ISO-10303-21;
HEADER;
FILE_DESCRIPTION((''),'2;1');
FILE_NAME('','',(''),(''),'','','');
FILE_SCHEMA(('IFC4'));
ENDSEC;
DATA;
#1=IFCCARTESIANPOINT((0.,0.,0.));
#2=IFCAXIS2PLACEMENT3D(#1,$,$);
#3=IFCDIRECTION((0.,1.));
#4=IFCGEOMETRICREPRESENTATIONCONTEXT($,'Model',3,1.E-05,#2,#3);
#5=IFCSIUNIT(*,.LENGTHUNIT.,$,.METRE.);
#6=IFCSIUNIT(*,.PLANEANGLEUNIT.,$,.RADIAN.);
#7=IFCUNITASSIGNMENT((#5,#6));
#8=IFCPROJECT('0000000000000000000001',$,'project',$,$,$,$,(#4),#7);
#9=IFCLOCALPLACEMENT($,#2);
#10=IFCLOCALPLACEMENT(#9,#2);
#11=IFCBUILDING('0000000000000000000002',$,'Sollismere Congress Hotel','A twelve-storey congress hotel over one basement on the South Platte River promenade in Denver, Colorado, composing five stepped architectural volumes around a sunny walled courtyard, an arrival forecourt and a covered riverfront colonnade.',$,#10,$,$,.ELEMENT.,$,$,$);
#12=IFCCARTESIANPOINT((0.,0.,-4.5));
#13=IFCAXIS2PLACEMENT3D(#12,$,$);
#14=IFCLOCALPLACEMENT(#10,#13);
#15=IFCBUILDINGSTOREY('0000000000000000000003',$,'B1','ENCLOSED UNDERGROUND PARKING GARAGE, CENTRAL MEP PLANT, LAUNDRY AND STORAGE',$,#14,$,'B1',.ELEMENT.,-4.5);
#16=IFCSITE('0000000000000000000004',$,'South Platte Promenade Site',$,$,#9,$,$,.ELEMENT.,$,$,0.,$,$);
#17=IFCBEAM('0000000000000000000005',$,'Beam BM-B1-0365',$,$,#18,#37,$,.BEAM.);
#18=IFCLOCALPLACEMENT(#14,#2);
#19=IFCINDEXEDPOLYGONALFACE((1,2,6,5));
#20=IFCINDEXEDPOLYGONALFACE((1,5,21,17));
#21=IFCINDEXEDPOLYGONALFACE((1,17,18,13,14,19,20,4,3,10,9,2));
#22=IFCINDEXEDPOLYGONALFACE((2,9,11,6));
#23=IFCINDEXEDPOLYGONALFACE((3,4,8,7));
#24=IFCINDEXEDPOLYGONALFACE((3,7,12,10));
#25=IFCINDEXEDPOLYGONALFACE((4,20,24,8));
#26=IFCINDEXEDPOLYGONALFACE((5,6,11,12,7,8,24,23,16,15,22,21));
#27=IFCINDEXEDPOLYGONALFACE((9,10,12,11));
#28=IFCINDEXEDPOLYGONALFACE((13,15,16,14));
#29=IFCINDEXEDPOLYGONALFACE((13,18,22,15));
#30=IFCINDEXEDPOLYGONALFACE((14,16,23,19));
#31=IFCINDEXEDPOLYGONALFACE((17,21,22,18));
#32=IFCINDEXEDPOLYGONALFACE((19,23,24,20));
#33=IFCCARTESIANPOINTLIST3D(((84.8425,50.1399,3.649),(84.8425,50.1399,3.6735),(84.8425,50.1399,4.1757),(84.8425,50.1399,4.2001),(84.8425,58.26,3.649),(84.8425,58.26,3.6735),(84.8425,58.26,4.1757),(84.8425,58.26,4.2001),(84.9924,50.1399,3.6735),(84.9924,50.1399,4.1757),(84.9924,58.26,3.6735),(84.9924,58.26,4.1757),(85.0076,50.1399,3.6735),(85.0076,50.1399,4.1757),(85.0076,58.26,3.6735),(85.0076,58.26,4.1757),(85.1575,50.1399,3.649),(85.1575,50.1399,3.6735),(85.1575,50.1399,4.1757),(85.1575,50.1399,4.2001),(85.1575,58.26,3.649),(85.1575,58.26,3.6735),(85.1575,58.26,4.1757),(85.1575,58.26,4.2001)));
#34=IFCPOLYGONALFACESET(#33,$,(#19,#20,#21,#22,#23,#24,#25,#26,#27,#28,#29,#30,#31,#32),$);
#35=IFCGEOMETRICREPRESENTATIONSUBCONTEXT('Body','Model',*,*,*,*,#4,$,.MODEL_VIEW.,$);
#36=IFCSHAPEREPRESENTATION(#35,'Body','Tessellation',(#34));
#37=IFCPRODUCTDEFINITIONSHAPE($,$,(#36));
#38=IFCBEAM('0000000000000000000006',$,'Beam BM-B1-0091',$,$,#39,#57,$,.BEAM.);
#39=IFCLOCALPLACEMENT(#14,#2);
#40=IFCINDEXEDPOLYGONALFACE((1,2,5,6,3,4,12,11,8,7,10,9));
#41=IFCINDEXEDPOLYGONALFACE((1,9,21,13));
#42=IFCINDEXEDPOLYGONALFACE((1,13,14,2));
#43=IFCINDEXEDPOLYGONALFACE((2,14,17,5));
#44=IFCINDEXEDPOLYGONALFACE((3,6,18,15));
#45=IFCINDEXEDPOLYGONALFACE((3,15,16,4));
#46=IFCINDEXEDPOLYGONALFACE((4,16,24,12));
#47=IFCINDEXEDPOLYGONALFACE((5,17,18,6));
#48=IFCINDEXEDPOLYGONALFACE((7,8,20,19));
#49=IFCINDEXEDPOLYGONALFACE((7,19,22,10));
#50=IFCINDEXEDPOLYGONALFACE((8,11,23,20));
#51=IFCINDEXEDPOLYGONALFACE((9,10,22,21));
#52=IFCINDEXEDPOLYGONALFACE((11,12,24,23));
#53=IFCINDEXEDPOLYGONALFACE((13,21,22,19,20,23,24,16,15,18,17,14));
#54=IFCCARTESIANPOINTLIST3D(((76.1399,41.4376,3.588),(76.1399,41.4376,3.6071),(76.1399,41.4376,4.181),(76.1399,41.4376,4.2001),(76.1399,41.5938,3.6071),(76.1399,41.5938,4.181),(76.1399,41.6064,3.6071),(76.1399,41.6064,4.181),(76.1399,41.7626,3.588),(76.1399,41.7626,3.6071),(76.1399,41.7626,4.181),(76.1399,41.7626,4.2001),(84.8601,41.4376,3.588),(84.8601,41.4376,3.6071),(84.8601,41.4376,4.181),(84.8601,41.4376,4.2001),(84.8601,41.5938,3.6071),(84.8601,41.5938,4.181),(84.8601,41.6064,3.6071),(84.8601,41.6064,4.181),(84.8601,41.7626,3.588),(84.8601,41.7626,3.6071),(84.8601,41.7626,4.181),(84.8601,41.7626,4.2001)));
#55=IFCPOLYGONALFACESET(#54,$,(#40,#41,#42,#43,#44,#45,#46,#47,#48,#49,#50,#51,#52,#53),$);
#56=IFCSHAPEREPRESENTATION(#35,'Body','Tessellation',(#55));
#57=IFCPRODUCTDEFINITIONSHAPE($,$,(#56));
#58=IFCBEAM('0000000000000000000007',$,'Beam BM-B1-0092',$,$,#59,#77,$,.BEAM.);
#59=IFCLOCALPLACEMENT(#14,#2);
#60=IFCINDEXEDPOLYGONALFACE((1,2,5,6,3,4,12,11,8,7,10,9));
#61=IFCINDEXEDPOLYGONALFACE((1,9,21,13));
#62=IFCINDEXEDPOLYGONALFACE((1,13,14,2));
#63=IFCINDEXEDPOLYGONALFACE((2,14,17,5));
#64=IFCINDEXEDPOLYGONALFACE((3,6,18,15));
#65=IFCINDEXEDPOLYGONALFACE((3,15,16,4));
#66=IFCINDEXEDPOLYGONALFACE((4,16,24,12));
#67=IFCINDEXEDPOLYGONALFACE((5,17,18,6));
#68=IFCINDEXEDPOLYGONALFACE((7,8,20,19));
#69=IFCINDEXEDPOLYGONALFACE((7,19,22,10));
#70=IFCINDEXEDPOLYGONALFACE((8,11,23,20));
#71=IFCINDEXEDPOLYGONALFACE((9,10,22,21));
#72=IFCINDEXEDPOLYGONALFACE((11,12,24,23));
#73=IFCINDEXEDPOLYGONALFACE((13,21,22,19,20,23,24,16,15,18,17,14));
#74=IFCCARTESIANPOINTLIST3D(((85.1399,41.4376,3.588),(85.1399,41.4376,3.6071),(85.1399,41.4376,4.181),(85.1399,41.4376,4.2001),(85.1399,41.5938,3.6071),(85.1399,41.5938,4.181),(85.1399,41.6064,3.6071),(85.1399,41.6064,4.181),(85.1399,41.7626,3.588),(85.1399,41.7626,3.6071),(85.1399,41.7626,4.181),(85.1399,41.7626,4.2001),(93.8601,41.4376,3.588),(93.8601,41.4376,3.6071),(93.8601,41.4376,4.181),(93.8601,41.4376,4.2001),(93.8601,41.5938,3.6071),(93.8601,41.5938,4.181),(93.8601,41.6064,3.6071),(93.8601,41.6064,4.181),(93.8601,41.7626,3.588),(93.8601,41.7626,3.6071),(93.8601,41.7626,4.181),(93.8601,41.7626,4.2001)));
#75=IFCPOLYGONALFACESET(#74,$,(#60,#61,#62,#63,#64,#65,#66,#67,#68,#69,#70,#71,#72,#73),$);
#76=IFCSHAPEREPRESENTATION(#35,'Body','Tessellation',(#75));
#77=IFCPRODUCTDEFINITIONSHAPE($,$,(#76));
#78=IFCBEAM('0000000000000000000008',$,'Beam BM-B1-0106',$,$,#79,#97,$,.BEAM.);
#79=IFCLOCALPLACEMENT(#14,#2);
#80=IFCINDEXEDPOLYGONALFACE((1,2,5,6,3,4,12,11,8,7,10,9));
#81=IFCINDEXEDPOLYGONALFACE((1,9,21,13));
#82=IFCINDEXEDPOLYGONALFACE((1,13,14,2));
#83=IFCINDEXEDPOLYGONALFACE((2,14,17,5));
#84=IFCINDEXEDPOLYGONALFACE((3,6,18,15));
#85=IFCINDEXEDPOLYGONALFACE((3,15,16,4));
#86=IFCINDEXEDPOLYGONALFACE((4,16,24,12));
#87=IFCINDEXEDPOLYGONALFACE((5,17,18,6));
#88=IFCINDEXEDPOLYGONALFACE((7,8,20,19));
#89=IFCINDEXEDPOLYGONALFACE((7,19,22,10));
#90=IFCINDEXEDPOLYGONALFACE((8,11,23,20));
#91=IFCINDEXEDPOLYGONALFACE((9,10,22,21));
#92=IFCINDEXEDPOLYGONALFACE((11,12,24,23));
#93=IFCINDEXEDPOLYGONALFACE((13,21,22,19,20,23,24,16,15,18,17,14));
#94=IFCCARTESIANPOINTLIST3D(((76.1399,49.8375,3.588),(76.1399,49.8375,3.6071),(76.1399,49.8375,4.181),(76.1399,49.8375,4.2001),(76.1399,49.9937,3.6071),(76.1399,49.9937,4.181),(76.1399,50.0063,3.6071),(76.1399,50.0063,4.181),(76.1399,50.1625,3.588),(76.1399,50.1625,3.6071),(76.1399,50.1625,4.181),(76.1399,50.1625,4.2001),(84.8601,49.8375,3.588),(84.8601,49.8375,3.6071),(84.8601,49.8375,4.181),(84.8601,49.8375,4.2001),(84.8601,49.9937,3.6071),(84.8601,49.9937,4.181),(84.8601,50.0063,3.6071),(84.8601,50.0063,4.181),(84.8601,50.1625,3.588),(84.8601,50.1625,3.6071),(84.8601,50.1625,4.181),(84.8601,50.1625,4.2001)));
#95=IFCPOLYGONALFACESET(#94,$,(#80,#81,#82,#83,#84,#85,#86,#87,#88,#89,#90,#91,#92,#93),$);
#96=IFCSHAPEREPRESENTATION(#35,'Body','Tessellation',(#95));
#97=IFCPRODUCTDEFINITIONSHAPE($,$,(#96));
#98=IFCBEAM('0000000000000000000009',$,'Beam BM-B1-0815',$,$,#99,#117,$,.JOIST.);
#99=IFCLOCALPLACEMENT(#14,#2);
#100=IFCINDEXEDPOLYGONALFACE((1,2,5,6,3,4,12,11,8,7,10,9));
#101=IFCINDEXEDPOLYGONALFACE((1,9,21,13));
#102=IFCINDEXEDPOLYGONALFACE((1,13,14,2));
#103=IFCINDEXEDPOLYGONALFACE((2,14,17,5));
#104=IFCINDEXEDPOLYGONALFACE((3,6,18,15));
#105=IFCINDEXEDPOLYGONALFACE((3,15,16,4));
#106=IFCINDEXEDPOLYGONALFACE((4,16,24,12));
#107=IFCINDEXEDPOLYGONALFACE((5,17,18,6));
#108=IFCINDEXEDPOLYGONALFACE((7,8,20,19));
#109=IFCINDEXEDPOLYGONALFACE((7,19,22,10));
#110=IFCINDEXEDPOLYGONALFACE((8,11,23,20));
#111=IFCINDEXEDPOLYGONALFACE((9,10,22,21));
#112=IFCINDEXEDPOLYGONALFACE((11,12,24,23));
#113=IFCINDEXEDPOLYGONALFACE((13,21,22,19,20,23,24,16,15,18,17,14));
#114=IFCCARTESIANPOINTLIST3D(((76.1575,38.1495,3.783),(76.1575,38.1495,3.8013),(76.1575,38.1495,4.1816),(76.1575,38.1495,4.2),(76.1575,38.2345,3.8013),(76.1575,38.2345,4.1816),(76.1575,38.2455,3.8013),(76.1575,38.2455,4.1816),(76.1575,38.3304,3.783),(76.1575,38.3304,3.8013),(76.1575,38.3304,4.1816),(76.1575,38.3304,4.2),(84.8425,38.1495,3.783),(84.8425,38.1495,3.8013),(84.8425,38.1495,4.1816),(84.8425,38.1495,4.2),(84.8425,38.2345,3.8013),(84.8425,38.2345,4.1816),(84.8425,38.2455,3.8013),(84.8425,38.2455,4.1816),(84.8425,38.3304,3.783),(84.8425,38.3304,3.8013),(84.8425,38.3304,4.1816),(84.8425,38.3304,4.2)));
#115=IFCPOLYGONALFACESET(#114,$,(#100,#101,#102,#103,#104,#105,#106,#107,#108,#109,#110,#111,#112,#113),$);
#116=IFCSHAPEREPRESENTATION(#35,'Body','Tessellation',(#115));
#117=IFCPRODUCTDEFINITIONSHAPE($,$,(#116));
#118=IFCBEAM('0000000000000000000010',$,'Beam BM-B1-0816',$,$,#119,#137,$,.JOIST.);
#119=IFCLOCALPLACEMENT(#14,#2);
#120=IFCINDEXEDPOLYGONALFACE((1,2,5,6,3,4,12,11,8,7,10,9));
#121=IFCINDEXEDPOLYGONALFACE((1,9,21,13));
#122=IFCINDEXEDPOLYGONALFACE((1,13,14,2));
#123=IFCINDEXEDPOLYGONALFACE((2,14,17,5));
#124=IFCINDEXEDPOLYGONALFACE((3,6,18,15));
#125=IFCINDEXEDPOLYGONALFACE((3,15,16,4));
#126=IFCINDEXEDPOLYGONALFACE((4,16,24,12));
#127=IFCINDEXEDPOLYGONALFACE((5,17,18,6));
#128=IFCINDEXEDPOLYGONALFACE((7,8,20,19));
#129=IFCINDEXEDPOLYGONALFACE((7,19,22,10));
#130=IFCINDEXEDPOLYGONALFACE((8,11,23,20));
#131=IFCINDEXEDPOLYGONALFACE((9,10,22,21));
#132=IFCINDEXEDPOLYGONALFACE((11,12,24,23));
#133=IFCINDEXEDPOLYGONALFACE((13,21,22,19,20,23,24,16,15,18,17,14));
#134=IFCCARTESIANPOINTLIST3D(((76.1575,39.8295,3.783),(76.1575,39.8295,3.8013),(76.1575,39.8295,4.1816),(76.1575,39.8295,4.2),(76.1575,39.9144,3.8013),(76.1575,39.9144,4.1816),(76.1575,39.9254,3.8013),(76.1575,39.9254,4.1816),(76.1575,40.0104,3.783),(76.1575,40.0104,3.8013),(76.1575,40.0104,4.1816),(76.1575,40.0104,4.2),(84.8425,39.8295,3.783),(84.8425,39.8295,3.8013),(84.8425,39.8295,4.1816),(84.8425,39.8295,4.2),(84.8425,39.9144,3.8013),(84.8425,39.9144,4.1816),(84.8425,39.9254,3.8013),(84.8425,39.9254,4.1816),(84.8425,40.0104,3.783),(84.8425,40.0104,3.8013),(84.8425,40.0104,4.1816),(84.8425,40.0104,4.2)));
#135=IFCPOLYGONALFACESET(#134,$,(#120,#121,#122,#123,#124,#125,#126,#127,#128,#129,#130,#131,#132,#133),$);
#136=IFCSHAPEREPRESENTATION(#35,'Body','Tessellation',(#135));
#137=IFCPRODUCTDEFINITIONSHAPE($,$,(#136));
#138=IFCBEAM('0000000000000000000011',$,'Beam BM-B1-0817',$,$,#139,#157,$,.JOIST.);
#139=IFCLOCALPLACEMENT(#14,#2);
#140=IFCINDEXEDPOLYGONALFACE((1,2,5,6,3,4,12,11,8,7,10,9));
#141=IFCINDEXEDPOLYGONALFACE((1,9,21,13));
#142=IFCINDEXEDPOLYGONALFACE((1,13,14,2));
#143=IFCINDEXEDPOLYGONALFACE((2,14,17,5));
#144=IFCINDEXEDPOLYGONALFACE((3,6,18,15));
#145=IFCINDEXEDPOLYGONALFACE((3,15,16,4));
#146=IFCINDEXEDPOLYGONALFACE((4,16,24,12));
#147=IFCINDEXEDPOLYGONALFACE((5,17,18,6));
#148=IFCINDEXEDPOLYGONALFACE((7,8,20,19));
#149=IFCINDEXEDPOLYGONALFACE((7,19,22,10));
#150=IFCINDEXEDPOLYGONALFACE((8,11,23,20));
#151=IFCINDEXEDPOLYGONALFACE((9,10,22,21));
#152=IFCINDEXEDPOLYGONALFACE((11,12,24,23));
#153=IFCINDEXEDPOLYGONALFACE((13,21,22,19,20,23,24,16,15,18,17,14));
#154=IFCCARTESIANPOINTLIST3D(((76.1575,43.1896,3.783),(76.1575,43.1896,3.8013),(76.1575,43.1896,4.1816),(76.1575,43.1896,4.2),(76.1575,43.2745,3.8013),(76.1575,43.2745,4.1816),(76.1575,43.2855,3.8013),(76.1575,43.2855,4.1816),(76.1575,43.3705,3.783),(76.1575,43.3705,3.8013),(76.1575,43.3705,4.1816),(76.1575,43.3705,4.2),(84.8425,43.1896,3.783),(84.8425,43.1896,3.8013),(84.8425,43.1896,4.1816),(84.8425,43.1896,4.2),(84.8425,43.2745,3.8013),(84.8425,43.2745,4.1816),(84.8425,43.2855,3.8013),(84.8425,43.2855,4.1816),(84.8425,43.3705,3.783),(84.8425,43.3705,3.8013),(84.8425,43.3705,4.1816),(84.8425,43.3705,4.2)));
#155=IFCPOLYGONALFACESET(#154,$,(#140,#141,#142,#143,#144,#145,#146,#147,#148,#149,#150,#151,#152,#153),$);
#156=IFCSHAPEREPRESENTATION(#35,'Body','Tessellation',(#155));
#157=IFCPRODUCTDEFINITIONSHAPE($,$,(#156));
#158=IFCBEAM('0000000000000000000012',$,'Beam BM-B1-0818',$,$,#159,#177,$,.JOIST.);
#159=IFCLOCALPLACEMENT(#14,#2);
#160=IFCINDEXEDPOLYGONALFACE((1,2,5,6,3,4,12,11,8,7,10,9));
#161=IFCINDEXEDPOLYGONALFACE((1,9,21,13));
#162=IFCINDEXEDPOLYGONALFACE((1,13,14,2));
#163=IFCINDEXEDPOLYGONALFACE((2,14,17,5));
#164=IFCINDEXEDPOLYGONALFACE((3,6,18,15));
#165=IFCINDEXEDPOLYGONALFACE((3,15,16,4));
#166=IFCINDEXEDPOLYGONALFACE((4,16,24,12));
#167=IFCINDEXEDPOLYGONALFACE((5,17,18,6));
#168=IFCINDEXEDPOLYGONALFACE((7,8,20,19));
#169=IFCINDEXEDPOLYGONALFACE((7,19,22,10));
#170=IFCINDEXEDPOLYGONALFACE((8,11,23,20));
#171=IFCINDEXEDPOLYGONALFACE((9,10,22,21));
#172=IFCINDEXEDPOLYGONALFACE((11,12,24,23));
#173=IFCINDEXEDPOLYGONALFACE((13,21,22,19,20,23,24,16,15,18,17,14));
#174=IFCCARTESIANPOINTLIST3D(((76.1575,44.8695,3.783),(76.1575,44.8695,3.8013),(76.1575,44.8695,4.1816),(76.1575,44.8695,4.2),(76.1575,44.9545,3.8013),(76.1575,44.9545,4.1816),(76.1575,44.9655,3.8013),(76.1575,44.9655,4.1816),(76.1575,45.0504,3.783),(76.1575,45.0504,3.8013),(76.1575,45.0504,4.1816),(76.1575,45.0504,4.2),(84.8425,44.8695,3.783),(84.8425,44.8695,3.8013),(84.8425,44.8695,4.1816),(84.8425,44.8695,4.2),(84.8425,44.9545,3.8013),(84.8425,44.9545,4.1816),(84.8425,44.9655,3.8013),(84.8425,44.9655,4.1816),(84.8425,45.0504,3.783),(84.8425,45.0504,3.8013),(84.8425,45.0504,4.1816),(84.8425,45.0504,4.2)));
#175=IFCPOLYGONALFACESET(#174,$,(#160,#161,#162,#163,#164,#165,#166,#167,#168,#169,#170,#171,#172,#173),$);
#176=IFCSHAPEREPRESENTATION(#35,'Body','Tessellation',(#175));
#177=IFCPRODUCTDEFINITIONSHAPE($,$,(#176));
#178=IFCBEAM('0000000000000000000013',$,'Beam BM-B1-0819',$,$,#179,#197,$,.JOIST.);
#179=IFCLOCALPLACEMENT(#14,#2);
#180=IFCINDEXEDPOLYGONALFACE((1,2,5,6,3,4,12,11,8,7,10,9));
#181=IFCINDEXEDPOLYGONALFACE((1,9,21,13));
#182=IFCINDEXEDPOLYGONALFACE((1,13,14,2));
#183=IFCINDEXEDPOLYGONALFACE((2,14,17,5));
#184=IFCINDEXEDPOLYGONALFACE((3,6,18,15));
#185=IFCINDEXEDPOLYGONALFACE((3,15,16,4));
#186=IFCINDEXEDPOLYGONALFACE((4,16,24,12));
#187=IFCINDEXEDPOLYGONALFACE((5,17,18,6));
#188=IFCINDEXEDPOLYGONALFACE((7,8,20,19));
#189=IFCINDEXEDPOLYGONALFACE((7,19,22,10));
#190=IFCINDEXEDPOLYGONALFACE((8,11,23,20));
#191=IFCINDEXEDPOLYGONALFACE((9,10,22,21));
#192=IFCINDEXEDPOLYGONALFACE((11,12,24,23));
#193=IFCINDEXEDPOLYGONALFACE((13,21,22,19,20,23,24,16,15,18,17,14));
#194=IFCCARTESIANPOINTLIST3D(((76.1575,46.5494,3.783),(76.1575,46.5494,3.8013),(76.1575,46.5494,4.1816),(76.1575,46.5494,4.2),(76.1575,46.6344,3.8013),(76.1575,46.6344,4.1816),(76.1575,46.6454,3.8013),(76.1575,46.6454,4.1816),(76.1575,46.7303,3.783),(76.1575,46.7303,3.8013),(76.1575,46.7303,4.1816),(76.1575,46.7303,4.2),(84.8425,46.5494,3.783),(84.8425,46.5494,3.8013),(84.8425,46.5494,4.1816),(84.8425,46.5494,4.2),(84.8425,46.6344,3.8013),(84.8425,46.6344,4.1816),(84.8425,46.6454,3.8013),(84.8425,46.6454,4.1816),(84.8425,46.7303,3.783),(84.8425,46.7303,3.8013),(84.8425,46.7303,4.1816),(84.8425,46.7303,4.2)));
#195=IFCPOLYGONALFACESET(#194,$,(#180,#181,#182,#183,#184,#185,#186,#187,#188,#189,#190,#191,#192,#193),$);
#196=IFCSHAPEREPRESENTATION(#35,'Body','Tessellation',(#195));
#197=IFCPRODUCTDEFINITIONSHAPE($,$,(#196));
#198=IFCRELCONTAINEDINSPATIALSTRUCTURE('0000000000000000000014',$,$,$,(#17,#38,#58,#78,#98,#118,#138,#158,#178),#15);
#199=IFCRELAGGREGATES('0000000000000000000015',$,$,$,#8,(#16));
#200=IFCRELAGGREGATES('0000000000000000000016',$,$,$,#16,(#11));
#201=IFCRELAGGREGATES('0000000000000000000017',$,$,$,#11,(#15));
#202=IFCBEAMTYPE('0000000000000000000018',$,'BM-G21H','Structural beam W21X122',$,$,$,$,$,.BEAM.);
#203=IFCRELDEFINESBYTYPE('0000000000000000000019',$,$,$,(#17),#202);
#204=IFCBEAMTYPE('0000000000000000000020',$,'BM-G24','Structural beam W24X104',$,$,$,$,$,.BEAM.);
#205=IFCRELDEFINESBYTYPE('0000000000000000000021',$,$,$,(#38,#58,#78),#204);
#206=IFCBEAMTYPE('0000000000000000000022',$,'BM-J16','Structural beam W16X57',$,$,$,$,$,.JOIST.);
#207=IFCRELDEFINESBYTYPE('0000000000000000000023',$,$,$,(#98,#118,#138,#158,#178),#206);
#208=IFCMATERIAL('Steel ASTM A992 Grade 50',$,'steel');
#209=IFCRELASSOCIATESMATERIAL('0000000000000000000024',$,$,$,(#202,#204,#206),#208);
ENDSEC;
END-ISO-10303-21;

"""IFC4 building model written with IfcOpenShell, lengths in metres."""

from ifc_helpers import new_model, si_unit, direction, frame, origin, origin_2d, place, context, subcontext, project, spatial, i_section, extrude, material, material_profile, profile_set, type_object, element, save


model = new_model("IFC4")

# Units and contexts
model_context = context("Model", 3, precision=1e-05, world=origin(), true_north=direction((0.0, 1.0)))
body_context = subcontext(model_context, "Body", "Model", "MODEL_VIEW")
ifc_project = project(units=[si_unit("LENGTHUNIT", "METRE"), si_unit("PLANEANGLEUNIT", "RADIAN")], contexts=[model_context])

# Site, building, storey
site_placement = place(None, origin())
site = spatial("IfcSite", under=ifc_project, at=site_placement, Name="South Platte Promenade Site", CompositionType="ELEMENT", RefElevation=0.0)
building_placement = place(site_placement, origin())
building = spatial("IfcBuilding", under=site, at=building_placement, Name="Sollismere Congress Hotel", Description="A twelve-storey congress hotel over one basement on the South Platte River promenade in Denver, Colorado, composing five stepped architectural volumes around a sunny walled courtyard, an arrival forecourt and a covered riverfront colonnade.", CompositionType="ELEMENT")
storey_placement = place(building_placement, frame((0.0, 0.0, -4.5)))
storey = spatial("IfcBuildingStorey", under=building, at=storey_placement, Name="B1", Description="ENCLOSED UNDERGROUND PARKING GARAGE, CENTRAL MEP PLANT, LAUNDRY AND STORAGE", LongName="B1", CompositionType="ELEMENT", Elevation=-4.5)

# Beams
ifc_material_1 = material(Name="Steel ASTM A992 Grade 50", Category="steel")
ifc_material_profile_1 = material_profile(ifc_material_1, i_section(OverallWidth=0.3149, OverallDepth=0.551, WebThickness=0.0151, FlangeThickness=0.0244, at=origin_2d()), Name="W21X122")
ifc_profile_set_1 = profile_set([ifc_material_profile_1], Name="Steel ASTM A992 Grade 50")
beam_type_1 = type_object("IfcBeamType", Name="BM-G21H", Description="Structural beam W21X122", PredefinedType="BEAM", material=ifc_profile_set_1)
for number, where, z_axis, x_axis, name in (
    (1, (85.0, 50.1399, 3.9246), (0.0, 1.0, 0.0), (-1.0, 0.0, 0.0), "Beam BM-B1-0365"),
):
    element("IfcBeam", number, at=place(storey_placement, frame(where, z_axis=z_axis, x_axis=x_axis)), inside=storey, type_object=beam_type_1, Name=name, PredefinedType="BEAM", context=body_context, shape_type="SweptSolid", body=[
        extrude(i_section(OverallWidth=0.3149, OverallDepth=0.551, WebThickness=0.0151, FlangeThickness=0.0244, at=origin_2d()), origin(), (0.0, 0.0, 1.0), 8.1201),
    ])
ifc_material_profile_2 = material_profile(ifc_material_1, i_section(OverallWidth=0.325, OverallDepth=0.6121, WebThickness=0.0127, FlangeThickness=0.019, at=origin_2d()), Name="W24X104")
ifc_profile_set_2 = profile_set([ifc_material_profile_2], Name="Steel ASTM A992 Grade 50")
beam_type_2 = type_object("IfcBeamType", Name="BM-G24", Description="Structural beam W24X104", PredefinedType="BEAM", material=ifc_profile_set_2)
for number, where, z_axis, x_axis, name in (
    (2, (76.1399, 41.6001, 3.894), (1.0, 0.0, 0.0), (0.0, 1.0, 0.0), "Beam BM-B1-0091"),
    (3, (85.1399, 41.6001, 3.894), (1.0, 0.0, 0.0), (0.0, 1.0, 0.0), "Beam BM-B1-0092"),
    (4, (76.1399, 50.0, 3.894), (1.0, 0.0, 0.0), (0.0, 1.0, 0.0), "Beam BM-B1-0106"),
):
    element("IfcBeam", number, at=place(storey_placement, frame(where, z_axis=z_axis, x_axis=x_axis)), inside=storey, type_object=beam_type_2, Name=name, PredefinedType="BEAM", context=body_context, shape_type="SweptSolid", body=[
        extrude(i_section(OverallWidth=0.325, OverallDepth=0.6121, WebThickness=0.0127, FlangeThickness=0.019, at=origin_2d()), origin(), (0.0, 0.0, 1.0), 8.7202),
    ])
ifc_material_profile_3 = material_profile(ifc_material_1, i_section(OverallWidth=0.1809, OverallDepth=0.417, WebThickness=0.011, FlangeThickness=0.0183, at=origin_2d()), Name="W16X57")
ifc_profile_set_3 = profile_set([ifc_material_profile_3], Name="Steel ASTM A992 Grade 50")
beam_type_3 = type_object("IfcBeamType", Name="BM-J16", Description="Structural beam W16X57", PredefinedType="JOIST", material=ifc_profile_set_3)
for number, where, z_axis, x_axis, name in (
    (5, (76.1575, 38.24, 3.9915), (1.0, 0.0, 0.0), (0.0, 1.0, 0.0), "Beam BM-B1-0815"),
    (6, (76.1575, 39.9199, 3.9915), (1.0, 0.0, 0.0), (0.0, 1.0, 0.0), "Beam BM-B1-0816"),
    (7, (76.1575, 43.28, 3.9915), (1.0, 0.0, 0.0), (0.0, 1.0, 0.0), "Beam BM-B1-0817"),
    (8, (76.1575, 44.96, 3.9915), (1.0, 0.0, 0.0), (0.0, 1.0, 0.0), "Beam BM-B1-0818"),
    (9, (76.1575, 46.6399, 3.9915), (1.0, 0.0, 0.0), (0.0, 1.0, 0.0), "Beam BM-B1-0819"),
):
    element("IfcBeam", number, at=place(storey_placement, frame(where, z_axis=z_axis, x_axis=x_axis)), inside=storey, type_object=beam_type_3, Name=name, PredefinedType="JOIST", context=body_context, shape_type="SweptSolid", body=[
        extrude(i_section(OverallWidth=0.1809, OverallDepth=0.417, WebThickness=0.011, FlangeThickness=0.0183, at=origin_2d()), origin(), (0.0, 0.0, 1.0), 8.6851),
    ])

save(model, "model.ifc")
